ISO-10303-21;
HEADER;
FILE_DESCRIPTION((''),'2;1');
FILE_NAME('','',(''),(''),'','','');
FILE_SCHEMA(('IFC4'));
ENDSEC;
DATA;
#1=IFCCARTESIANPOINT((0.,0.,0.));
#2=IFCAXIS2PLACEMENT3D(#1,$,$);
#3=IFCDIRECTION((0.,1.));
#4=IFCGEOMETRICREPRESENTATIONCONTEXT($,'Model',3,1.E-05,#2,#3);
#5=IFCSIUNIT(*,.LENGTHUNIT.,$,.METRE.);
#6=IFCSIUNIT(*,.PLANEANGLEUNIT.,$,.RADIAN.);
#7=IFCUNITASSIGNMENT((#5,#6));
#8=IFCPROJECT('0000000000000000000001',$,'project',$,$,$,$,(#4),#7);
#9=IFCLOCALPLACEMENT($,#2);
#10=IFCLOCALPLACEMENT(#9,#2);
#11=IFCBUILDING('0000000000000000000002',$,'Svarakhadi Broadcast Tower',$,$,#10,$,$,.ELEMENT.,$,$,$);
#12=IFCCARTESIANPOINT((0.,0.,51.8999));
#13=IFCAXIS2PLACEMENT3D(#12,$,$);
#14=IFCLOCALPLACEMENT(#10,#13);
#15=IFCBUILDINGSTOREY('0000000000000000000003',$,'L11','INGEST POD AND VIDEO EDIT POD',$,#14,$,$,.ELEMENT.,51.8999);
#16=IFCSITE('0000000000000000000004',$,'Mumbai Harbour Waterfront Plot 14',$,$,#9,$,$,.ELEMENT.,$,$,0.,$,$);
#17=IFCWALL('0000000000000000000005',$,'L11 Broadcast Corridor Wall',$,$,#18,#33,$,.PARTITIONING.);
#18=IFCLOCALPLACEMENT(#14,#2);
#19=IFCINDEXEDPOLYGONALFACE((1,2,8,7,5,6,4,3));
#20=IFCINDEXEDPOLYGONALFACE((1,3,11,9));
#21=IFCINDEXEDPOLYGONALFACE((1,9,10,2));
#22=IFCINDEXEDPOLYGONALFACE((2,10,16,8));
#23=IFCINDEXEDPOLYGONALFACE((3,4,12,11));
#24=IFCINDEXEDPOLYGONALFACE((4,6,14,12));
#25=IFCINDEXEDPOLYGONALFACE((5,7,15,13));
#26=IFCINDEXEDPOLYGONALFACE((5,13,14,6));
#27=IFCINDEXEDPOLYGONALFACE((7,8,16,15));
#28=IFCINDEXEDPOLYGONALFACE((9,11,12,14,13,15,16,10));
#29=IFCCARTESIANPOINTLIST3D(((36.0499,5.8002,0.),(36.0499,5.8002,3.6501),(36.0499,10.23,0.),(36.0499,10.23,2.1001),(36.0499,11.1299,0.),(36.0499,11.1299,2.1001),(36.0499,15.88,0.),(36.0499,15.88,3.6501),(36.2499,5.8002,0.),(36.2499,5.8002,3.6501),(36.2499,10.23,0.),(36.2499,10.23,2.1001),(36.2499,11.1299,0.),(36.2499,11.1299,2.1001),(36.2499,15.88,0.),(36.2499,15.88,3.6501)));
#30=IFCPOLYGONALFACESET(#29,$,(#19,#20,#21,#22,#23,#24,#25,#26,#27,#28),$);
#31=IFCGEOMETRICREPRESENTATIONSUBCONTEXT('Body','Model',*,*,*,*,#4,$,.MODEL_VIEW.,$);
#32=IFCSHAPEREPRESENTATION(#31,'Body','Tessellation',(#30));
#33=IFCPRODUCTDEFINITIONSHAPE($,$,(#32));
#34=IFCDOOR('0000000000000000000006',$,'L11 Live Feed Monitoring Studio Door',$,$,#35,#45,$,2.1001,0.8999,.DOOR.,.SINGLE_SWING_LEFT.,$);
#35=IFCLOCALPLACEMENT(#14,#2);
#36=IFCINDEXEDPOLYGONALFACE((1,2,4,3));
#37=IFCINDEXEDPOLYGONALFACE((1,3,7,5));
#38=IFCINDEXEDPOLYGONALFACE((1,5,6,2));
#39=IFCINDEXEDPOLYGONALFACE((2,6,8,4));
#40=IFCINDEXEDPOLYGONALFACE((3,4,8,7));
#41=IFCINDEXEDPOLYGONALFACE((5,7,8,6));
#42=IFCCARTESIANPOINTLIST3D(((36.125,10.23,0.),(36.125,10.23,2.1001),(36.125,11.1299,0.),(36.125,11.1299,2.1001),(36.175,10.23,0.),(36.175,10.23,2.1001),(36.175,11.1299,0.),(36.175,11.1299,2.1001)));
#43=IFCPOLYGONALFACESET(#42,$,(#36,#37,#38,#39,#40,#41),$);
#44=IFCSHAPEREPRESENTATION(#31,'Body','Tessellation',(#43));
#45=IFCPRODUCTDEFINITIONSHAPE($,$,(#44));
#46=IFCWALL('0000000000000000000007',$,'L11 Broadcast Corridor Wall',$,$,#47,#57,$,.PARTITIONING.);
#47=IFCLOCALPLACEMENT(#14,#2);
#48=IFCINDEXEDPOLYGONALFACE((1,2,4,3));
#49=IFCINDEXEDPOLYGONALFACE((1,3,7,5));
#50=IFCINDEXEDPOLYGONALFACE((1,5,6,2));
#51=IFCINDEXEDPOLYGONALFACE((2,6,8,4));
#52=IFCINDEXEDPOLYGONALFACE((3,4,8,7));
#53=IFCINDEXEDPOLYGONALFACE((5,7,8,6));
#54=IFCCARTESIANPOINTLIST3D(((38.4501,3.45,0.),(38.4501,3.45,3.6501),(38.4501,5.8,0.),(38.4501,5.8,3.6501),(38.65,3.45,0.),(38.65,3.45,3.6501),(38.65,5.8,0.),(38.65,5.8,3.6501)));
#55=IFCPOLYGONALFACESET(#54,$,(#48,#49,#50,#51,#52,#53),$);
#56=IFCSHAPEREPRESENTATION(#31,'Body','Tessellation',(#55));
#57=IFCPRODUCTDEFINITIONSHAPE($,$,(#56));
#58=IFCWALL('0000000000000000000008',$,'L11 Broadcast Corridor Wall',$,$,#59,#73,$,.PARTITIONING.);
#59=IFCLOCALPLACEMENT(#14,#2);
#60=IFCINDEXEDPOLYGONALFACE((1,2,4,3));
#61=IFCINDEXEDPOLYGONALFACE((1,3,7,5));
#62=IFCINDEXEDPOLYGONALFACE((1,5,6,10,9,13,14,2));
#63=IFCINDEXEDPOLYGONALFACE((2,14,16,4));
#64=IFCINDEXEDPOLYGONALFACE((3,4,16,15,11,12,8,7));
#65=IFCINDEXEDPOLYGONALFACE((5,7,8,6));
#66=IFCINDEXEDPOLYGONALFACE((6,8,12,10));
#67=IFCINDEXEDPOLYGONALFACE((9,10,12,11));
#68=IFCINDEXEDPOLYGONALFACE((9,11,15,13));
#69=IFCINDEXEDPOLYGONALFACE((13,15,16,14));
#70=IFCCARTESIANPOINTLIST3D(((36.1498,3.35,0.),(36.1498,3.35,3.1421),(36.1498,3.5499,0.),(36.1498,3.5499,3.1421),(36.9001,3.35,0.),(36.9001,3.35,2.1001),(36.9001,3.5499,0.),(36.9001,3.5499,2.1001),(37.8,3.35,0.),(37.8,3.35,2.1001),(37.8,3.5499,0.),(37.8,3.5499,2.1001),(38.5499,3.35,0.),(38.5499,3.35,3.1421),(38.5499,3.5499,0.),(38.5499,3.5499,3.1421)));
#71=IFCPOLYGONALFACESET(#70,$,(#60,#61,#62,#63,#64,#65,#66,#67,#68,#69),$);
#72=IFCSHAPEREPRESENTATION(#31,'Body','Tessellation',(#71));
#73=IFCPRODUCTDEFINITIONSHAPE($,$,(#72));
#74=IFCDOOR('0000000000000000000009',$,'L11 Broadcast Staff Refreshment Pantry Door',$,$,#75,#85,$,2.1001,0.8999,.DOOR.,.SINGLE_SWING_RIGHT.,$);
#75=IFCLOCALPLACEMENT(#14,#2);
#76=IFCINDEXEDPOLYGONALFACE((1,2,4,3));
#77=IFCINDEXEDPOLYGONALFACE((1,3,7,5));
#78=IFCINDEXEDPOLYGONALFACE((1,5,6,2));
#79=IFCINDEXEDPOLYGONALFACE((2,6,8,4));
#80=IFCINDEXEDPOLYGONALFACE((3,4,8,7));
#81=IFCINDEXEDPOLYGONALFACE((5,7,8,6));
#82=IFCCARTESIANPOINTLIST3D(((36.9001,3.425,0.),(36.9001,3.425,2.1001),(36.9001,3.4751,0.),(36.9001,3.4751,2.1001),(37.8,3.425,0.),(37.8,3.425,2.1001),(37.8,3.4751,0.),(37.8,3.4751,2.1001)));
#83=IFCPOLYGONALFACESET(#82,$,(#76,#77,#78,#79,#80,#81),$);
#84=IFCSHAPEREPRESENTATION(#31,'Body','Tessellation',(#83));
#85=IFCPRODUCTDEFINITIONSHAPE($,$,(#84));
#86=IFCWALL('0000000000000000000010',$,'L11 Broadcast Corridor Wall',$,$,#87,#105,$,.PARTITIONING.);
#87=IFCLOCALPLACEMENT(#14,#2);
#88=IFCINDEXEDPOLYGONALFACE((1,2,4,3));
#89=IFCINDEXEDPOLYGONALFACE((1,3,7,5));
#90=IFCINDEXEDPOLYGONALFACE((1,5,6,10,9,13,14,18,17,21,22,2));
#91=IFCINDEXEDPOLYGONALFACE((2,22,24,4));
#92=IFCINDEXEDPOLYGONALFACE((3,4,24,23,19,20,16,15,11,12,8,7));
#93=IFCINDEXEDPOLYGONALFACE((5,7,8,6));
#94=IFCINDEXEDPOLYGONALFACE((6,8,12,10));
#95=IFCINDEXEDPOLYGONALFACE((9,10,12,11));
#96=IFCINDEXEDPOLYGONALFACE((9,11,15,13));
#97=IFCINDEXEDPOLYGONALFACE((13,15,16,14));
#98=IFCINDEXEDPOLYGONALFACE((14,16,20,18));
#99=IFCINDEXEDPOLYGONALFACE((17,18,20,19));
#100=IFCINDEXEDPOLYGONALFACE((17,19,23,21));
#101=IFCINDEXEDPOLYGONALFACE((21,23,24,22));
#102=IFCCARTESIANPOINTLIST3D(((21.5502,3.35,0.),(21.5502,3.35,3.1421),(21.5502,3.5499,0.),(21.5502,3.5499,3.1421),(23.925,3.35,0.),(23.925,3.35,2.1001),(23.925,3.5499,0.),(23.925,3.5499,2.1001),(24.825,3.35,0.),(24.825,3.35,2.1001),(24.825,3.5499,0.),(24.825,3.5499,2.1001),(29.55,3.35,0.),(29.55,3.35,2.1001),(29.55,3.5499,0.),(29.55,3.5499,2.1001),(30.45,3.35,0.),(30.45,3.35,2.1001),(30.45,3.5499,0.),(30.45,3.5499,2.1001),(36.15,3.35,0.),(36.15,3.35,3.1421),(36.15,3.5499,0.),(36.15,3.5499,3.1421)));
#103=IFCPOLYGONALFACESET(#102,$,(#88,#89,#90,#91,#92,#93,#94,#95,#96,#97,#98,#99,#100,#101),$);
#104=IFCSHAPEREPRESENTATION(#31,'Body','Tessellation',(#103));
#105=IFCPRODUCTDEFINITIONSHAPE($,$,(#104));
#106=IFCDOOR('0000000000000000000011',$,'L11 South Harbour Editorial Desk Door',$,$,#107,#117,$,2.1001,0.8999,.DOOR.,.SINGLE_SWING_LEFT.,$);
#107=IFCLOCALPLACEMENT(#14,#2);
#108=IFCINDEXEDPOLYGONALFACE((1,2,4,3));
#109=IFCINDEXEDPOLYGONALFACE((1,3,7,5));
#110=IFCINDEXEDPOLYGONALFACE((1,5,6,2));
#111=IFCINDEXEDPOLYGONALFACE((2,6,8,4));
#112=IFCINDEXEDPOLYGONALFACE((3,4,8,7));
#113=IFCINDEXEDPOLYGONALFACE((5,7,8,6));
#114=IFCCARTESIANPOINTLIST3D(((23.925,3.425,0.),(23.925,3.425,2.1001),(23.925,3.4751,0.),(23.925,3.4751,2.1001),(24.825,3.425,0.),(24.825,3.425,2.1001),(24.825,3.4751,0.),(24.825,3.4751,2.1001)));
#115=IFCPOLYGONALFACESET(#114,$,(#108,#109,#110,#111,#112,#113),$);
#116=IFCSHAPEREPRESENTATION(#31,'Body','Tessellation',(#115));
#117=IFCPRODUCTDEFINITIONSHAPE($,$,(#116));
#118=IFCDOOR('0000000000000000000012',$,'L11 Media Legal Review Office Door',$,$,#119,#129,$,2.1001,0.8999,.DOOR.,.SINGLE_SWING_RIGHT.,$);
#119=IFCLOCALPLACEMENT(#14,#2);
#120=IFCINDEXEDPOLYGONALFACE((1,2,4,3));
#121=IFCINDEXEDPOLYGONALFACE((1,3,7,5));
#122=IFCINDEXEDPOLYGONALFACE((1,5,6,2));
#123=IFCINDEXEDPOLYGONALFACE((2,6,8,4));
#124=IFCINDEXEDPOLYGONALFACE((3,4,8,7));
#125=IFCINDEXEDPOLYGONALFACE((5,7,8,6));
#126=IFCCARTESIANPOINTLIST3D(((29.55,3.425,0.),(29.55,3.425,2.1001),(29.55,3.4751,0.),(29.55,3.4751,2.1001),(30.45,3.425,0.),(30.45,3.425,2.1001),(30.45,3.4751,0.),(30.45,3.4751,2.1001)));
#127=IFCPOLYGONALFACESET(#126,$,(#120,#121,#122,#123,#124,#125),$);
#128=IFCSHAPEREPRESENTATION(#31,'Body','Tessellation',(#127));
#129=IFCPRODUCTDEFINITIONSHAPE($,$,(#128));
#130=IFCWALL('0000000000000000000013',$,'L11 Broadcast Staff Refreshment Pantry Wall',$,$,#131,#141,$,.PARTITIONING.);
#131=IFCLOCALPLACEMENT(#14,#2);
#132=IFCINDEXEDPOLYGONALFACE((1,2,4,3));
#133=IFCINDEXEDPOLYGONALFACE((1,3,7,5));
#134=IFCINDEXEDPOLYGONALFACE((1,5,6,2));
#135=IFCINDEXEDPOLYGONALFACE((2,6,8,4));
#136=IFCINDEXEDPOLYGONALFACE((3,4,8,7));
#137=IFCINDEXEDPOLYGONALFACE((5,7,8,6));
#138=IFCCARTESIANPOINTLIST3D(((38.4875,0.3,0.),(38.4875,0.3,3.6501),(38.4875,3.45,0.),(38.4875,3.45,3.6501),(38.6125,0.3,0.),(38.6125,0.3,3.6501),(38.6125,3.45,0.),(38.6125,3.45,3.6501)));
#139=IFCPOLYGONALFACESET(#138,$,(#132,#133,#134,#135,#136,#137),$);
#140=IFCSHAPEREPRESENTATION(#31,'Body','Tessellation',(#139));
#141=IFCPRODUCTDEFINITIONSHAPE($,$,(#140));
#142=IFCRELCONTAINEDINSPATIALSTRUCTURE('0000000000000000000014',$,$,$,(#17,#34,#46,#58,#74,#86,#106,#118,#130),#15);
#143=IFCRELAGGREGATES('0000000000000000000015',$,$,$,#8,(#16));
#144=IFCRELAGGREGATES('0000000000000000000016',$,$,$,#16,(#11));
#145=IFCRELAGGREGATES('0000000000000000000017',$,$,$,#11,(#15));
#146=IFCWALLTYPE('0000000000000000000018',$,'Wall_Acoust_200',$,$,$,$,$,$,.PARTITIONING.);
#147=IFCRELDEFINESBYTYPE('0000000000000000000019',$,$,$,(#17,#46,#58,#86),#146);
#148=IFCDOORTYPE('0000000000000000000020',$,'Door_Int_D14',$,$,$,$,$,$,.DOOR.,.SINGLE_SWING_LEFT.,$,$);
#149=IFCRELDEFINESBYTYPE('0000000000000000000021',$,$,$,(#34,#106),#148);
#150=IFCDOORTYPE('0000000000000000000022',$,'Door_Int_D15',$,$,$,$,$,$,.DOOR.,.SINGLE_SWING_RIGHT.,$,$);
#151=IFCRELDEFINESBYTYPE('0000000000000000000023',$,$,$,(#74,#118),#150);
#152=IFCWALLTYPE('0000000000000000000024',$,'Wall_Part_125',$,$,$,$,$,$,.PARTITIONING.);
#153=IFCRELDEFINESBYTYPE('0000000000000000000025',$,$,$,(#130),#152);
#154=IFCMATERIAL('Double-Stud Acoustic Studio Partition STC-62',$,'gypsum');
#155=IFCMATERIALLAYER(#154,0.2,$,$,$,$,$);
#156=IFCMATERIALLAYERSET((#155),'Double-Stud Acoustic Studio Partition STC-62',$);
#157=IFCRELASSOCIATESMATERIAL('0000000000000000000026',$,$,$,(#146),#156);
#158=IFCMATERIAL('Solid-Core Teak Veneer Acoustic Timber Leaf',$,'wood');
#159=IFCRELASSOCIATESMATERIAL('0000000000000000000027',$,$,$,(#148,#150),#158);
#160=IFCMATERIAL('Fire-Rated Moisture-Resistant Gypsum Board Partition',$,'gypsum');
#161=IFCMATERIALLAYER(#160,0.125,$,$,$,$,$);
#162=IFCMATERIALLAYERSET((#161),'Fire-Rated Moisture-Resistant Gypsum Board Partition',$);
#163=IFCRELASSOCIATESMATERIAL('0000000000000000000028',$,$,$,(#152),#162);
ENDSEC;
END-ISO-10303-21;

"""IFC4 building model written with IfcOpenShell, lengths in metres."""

from ifc_helpers import new_model, si_unit, direction, frame, frame_2d, origin, place, context, subcontext, project, spatial, rectangle, extrude, material, layer, layer_set, type_object, element, fill, save


model = new_model("IFC4")

# Units and contexts
model_context = context("Model", 3, precision=1e-05, world=origin(), true_north=direction((0.0, 1.0)))
body_context = subcontext(model_context, "Body", "Model", "MODEL_VIEW")
ifc_project = project(units=[si_unit("LENGTHUNIT", "METRE"), si_unit("PLANEANGLEUNIT", "RADIAN")], contexts=[model_context])

# Site, building, storey
site_placement = place(None, origin())
site = spatial("IfcSite", under=ifc_project, at=site_placement, Name="Mumbai Harbour Waterfront Plot 14", CompositionType="ELEMENT", RefElevation=0.0)
building_placement = place(site_placement, origin())
building = spatial("IfcBuilding", under=site, at=building_placement, Name="Svarakhadi Broadcast Tower", CompositionType="ELEMENT")
storey_placement = place(building_placement, frame((0.0, 0.0, 51.8999)))
storey = spatial("IfcBuildingStorey", under=building, at=storey_placement, Name="L11", Description="INGEST POD AND VIDEO EDIT POD", CompositionType="ELEMENT", Elevation=51.8999)

# Wall, opening, door
ifc_material_1 = material(Name="Double-Stud Acoustic Studio Partition STC-62", Category="gypsum")
ifc_layer_1 = layer(ifc_material_1, 0.2)
ifc_layer_set_1 = layer_set([ifc_layer_1], Name="Double-Stud Acoustic Studio Partition STC-62")
wall_type_1 = type_object("IfcWallType", Name="Wall_Acoust_200", PredefinedType="PARTITIONING", material=ifc_layer_set_1)
wall_1_placement = place(storey_placement, frame((36.1499, 5.8, 0.0), z_axis=(0.0, 0.0, 1.0), x_axis=(0.0, 1.0, 0.0)))
wall_1 = element("IfcWall", 1, at=wall_1_placement, inside=storey, type_object=wall_type_1, Name="L11 Broadcast Corridor Wall", PredefinedType="PARTITIONING", context=body_context, shape_type="SweptSolid", body=[
    extrude(rectangle(XDim=10.0798, YDim=0.2, at=frame_2d((5.04, 0.0))), origin(), (0.0, 0.0, 1.0), 3.6501),
])
opening_1_placement = place(wall_1_placement, frame((4.4299, 0.0, 0.0)))
opening_1 = element("IfcOpeningElement", 2, at=opening_1_placement, cuts=wall_1, PredefinedType="OPENING", context=body_context, shape_type="SweptSolid", body=[
    extrude(rectangle(XDim=0.8999, YDim=2.1001, at=frame_2d((0.45, 1.05))), frame((0.0, 0.1099, 0.0), z_axis=(0.0, -1.0, 0.0), x_axis=(1.0, 0.0, 0.0)), (0.0, 0.0, 1.0), 0.22),
])
ifc_material_2 = material(Name="Solid-Core Teak Veneer Acoustic Timber Leaf", Category="wood")
door_type_1 = type_object("IfcDoorType", Name="Door_Int_D14", OperationType="SINGLE_SWING_LEFT", PredefinedType="DOOR", material=ifc_material_2)
door_1_placement = place(opening_1_placement, origin())
door_1 = element("IfcDoor", 3, at=door_1_placement, inside=storey, type_object=door_type_1, Name="L11 Live Feed Monitoring Studio Door", OperationType="SINGLE_SWING_LEFT", OverallHeight=2.1001, OverallWidth=0.8999, PredefinedType="DOOR", context=body_context, shape_type="SweptSolid", body=[
    extrude(rectangle(XDim=0.8999, YDim=2.1001, at=frame_2d((0.45, 1.05))), frame((0.0, 0.0249, 0.0), z_axis=(0.0, -1.0, 0.0), x_axis=(1.0, 0.0, 0.0)), (0.0, 0.0, 1.0), 0.05),
])
fill(opening_1, door_1)

# Wall
wall_2_placement = place(storey_placement, frame((38.55, 5.8, 0.0), z_axis=(0.0, 0.0, 1.0), x_axis=(0.0, -1.0, 0.0)))
element("IfcWall", 4, at=wall_2_placement, inside=storey, type_object=wall_type_1, Name="L11 Broadcast Corridor Wall", PredefinedType="PARTITIONING", context=body_context, shape_type="SweptSolid", body=[
    extrude(rectangle(XDim=2.3501, YDim=0.2, at=frame_2d((1.175, 0.0))), origin(), (0.0, 0.0, 1.0), 3.6501),
])

# Wall, opening, door
wall_3_placement = place(storey_placement, frame((38.55, 3.45, 0.0), z_axis=(0.0, 0.0, 1.0), x_axis=(-1.0, 0.0, 0.0)))
wall_3 = element("IfcWall", 5, at=wall_3_placement, inside=storey, type_object=wall_type_1, Name="L11 Broadcast Corridor Wall", PredefinedType="PARTITIONING", context=body_context, shape_type="SweptSolid", body=[
    extrude(rectangle(XDim=2.4001, YDim=0.2, at=frame_2d((1.2002, 0.0))), origin(), (0.0, 0.0, 1.0), 3.1421),
])
opening_2_placement = place(wall_3_placement, frame((0.75, 0.0, 0.0)))
opening_2 = element("IfcOpeningElement", 6, at=opening_2_placement, cuts=wall_3, PredefinedType="OPENING", context=body_context, shape_type="SweptSolid", body=[
    extrude(rectangle(XDim=0.8999, YDim=2.1001, at=frame_2d((0.45, 1.05))), frame((0.0, 0.1099, 0.0), z_axis=(0.0, -1.0, 0.0), x_axis=(1.0, 0.0, 0.0)), (0.0, 0.0, 1.0), 0.22),
])
door_type_2 = type_object("IfcDoorType", Name="Door_Int_D15", OperationType="SINGLE_SWING_RIGHT", PredefinedType="DOOR", material=ifc_material_2)
door_2_placement = place(opening_2_placement, origin())
door_2 = element("IfcDoor", 7, at=door_2_placement, inside=storey, type_object=door_type_2, Name="L11 Broadcast Staff Refreshment Pantry Door", OperationType="SINGLE_SWING_RIGHT", OverallHeight=2.1001, OverallWidth=0.8999, PredefinedType="DOOR", context=body_context, shape_type="SweptSolid", body=[
    extrude(rectangle(XDim=0.8999, YDim=2.1001, at=frame_2d((0.45, 1.05))), frame((0.0, 0.0249, 0.0), z_axis=(0.0, -1.0, 0.0), x_axis=(1.0, 0.0, 0.0)), (0.0, 0.0, 1.0), 0.05),
])
fill(opening_2, door_2)

# Wall, openings, doors
wall_4_placement = place(storey_placement, frame((36.1499, 3.45, 0.0), z_axis=(0.0, 0.0, 1.0), x_axis=(-1.0, 0.0, 0.0)))
wall_4 = element("IfcWall", 8, at=wall_4_placement, inside=storey, type_object=wall_type_1, Name="L11 Broadcast Corridor Wall", PredefinedType="PARTITIONING", context=body_context, shape_type="SweptSolid", body=[
    extrude(rectangle(XDim=14.5999, YDim=0.2, at=frame_2d((7.2998, 0.0))), origin(), (0.0, 0.0, 1.0), 3.1421),
])
opening_3_placement = place(wall_4_placement, frame((11.325, 0.0, 0.0)))
opening_3 = element("IfcOpeningElement", 9, at=opening_3_placement, cuts=wall_4, PredefinedType="OPENING", context=body_context, shape_type="SweptSolid", body=[
    extrude(rectangle(XDim=0.8999, YDim=2.1001, at=frame_2d((0.45, 1.05))), frame((0.0, 0.1099, 0.0), z_axis=(0.0, -1.0, 0.0), x_axis=(1.0, 0.0, 0.0)), (0.0, 0.0, 1.0), 0.22),
])
opening_4_placement = place(wall_4_placement, frame((5.7, 0.0, 0.0)))
opening_4 = element("IfcOpeningElement", 10, at=opening_4_placement, cuts=wall_4, PredefinedType="OPENING", context=body_context, shape_type="SweptSolid", body=[
    extrude(rectangle(XDim=0.8999, YDim=2.1001, at=frame_2d((0.45, 1.05))), frame((0.0, 0.1099, 0.0), z_axis=(0.0, -1.0, 0.0), x_axis=(1.0, 0.0, 0.0)), (0.0, 0.0, 1.0), 0.22),
])
door_3_placement = place(opening_3_placement, origin())
door_3 = element("IfcDoor", 11, at=door_3_placement, inside=storey, type_object=door_type_1, Name="L11 South Harbour Editorial Desk Door", OperationType="SINGLE_SWING_LEFT", OverallHeight=2.1001, OverallWidth=0.8999, PredefinedType="DOOR", context=body_context, shape_type="SweptSolid", body=[
    extrude(rectangle(XDim=0.8999, YDim=2.1001, at=frame_2d((0.45, 1.05))), frame((0.0, 0.0249, 0.0), z_axis=(0.0, -1.0, 0.0), x_axis=(1.0, 0.0, 0.0)), (0.0, 0.0, 1.0), 0.05),
])
fill(opening_3, door_3)
door_4_placement = place(opening_4_placement, origin())
door_4 = element("IfcDoor", 12, at=door_4_placement, inside=storey, type_object=door_type_2, Name="L11 Media Legal Review Office Door", OperationType="SINGLE_SWING_RIGHT", OverallHeight=2.1001, OverallWidth=0.8999, PredefinedType="DOOR", context=body_context, shape_type="SweptSolid", body=[
    extrude(rectangle(XDim=0.8999, YDim=2.1001, at=frame_2d((0.45, 1.05))), frame((0.0, 0.0249, 0.0), z_axis=(0.0, -1.0, 0.0), x_axis=(1.0, 0.0, 0.0)), (0.0, 0.0, 1.0), 0.05),
])
fill(opening_4, door_4)

# Wall
ifc_material_3 = material(Name="Fire-Rated Moisture-Resistant Gypsum Board Partition", Category="gypsum")
ifc_layer_2 = layer(ifc_material_3, 0.125)
ifc_layer_set_2 = layer_set([ifc_layer_2], Name="Fire-Rated Moisture-Resistant Gypsum Board Partition")
wall_type_2 = type_object("IfcWallType", Name="Wall_Part_125", PredefinedType="PARTITIONING", material=ifc_layer_set_2)
wall_5_placement = place(storey_placement, frame((38.55, 0.3, 0.0), z_axis=(0.0, 0.0, 1.0), x_axis=(0.0, 1.0, 0.0)))
element("IfcWall", 13, at=wall_5_placement, inside=storey, type_object=wall_type_2, Name="L11 Broadcast Staff Refreshment Pantry Wall", PredefinedType="PARTITIONING", context=body_context, shape_type="SweptSolid", body=[
    extrude(rectangle(XDim=3.1499, YDim=0.125, at=frame_2d((1.575, 0.0))), origin(), (0.0, 0.0, 1.0), 3.6501),
])

save(model, "model.ifc")
